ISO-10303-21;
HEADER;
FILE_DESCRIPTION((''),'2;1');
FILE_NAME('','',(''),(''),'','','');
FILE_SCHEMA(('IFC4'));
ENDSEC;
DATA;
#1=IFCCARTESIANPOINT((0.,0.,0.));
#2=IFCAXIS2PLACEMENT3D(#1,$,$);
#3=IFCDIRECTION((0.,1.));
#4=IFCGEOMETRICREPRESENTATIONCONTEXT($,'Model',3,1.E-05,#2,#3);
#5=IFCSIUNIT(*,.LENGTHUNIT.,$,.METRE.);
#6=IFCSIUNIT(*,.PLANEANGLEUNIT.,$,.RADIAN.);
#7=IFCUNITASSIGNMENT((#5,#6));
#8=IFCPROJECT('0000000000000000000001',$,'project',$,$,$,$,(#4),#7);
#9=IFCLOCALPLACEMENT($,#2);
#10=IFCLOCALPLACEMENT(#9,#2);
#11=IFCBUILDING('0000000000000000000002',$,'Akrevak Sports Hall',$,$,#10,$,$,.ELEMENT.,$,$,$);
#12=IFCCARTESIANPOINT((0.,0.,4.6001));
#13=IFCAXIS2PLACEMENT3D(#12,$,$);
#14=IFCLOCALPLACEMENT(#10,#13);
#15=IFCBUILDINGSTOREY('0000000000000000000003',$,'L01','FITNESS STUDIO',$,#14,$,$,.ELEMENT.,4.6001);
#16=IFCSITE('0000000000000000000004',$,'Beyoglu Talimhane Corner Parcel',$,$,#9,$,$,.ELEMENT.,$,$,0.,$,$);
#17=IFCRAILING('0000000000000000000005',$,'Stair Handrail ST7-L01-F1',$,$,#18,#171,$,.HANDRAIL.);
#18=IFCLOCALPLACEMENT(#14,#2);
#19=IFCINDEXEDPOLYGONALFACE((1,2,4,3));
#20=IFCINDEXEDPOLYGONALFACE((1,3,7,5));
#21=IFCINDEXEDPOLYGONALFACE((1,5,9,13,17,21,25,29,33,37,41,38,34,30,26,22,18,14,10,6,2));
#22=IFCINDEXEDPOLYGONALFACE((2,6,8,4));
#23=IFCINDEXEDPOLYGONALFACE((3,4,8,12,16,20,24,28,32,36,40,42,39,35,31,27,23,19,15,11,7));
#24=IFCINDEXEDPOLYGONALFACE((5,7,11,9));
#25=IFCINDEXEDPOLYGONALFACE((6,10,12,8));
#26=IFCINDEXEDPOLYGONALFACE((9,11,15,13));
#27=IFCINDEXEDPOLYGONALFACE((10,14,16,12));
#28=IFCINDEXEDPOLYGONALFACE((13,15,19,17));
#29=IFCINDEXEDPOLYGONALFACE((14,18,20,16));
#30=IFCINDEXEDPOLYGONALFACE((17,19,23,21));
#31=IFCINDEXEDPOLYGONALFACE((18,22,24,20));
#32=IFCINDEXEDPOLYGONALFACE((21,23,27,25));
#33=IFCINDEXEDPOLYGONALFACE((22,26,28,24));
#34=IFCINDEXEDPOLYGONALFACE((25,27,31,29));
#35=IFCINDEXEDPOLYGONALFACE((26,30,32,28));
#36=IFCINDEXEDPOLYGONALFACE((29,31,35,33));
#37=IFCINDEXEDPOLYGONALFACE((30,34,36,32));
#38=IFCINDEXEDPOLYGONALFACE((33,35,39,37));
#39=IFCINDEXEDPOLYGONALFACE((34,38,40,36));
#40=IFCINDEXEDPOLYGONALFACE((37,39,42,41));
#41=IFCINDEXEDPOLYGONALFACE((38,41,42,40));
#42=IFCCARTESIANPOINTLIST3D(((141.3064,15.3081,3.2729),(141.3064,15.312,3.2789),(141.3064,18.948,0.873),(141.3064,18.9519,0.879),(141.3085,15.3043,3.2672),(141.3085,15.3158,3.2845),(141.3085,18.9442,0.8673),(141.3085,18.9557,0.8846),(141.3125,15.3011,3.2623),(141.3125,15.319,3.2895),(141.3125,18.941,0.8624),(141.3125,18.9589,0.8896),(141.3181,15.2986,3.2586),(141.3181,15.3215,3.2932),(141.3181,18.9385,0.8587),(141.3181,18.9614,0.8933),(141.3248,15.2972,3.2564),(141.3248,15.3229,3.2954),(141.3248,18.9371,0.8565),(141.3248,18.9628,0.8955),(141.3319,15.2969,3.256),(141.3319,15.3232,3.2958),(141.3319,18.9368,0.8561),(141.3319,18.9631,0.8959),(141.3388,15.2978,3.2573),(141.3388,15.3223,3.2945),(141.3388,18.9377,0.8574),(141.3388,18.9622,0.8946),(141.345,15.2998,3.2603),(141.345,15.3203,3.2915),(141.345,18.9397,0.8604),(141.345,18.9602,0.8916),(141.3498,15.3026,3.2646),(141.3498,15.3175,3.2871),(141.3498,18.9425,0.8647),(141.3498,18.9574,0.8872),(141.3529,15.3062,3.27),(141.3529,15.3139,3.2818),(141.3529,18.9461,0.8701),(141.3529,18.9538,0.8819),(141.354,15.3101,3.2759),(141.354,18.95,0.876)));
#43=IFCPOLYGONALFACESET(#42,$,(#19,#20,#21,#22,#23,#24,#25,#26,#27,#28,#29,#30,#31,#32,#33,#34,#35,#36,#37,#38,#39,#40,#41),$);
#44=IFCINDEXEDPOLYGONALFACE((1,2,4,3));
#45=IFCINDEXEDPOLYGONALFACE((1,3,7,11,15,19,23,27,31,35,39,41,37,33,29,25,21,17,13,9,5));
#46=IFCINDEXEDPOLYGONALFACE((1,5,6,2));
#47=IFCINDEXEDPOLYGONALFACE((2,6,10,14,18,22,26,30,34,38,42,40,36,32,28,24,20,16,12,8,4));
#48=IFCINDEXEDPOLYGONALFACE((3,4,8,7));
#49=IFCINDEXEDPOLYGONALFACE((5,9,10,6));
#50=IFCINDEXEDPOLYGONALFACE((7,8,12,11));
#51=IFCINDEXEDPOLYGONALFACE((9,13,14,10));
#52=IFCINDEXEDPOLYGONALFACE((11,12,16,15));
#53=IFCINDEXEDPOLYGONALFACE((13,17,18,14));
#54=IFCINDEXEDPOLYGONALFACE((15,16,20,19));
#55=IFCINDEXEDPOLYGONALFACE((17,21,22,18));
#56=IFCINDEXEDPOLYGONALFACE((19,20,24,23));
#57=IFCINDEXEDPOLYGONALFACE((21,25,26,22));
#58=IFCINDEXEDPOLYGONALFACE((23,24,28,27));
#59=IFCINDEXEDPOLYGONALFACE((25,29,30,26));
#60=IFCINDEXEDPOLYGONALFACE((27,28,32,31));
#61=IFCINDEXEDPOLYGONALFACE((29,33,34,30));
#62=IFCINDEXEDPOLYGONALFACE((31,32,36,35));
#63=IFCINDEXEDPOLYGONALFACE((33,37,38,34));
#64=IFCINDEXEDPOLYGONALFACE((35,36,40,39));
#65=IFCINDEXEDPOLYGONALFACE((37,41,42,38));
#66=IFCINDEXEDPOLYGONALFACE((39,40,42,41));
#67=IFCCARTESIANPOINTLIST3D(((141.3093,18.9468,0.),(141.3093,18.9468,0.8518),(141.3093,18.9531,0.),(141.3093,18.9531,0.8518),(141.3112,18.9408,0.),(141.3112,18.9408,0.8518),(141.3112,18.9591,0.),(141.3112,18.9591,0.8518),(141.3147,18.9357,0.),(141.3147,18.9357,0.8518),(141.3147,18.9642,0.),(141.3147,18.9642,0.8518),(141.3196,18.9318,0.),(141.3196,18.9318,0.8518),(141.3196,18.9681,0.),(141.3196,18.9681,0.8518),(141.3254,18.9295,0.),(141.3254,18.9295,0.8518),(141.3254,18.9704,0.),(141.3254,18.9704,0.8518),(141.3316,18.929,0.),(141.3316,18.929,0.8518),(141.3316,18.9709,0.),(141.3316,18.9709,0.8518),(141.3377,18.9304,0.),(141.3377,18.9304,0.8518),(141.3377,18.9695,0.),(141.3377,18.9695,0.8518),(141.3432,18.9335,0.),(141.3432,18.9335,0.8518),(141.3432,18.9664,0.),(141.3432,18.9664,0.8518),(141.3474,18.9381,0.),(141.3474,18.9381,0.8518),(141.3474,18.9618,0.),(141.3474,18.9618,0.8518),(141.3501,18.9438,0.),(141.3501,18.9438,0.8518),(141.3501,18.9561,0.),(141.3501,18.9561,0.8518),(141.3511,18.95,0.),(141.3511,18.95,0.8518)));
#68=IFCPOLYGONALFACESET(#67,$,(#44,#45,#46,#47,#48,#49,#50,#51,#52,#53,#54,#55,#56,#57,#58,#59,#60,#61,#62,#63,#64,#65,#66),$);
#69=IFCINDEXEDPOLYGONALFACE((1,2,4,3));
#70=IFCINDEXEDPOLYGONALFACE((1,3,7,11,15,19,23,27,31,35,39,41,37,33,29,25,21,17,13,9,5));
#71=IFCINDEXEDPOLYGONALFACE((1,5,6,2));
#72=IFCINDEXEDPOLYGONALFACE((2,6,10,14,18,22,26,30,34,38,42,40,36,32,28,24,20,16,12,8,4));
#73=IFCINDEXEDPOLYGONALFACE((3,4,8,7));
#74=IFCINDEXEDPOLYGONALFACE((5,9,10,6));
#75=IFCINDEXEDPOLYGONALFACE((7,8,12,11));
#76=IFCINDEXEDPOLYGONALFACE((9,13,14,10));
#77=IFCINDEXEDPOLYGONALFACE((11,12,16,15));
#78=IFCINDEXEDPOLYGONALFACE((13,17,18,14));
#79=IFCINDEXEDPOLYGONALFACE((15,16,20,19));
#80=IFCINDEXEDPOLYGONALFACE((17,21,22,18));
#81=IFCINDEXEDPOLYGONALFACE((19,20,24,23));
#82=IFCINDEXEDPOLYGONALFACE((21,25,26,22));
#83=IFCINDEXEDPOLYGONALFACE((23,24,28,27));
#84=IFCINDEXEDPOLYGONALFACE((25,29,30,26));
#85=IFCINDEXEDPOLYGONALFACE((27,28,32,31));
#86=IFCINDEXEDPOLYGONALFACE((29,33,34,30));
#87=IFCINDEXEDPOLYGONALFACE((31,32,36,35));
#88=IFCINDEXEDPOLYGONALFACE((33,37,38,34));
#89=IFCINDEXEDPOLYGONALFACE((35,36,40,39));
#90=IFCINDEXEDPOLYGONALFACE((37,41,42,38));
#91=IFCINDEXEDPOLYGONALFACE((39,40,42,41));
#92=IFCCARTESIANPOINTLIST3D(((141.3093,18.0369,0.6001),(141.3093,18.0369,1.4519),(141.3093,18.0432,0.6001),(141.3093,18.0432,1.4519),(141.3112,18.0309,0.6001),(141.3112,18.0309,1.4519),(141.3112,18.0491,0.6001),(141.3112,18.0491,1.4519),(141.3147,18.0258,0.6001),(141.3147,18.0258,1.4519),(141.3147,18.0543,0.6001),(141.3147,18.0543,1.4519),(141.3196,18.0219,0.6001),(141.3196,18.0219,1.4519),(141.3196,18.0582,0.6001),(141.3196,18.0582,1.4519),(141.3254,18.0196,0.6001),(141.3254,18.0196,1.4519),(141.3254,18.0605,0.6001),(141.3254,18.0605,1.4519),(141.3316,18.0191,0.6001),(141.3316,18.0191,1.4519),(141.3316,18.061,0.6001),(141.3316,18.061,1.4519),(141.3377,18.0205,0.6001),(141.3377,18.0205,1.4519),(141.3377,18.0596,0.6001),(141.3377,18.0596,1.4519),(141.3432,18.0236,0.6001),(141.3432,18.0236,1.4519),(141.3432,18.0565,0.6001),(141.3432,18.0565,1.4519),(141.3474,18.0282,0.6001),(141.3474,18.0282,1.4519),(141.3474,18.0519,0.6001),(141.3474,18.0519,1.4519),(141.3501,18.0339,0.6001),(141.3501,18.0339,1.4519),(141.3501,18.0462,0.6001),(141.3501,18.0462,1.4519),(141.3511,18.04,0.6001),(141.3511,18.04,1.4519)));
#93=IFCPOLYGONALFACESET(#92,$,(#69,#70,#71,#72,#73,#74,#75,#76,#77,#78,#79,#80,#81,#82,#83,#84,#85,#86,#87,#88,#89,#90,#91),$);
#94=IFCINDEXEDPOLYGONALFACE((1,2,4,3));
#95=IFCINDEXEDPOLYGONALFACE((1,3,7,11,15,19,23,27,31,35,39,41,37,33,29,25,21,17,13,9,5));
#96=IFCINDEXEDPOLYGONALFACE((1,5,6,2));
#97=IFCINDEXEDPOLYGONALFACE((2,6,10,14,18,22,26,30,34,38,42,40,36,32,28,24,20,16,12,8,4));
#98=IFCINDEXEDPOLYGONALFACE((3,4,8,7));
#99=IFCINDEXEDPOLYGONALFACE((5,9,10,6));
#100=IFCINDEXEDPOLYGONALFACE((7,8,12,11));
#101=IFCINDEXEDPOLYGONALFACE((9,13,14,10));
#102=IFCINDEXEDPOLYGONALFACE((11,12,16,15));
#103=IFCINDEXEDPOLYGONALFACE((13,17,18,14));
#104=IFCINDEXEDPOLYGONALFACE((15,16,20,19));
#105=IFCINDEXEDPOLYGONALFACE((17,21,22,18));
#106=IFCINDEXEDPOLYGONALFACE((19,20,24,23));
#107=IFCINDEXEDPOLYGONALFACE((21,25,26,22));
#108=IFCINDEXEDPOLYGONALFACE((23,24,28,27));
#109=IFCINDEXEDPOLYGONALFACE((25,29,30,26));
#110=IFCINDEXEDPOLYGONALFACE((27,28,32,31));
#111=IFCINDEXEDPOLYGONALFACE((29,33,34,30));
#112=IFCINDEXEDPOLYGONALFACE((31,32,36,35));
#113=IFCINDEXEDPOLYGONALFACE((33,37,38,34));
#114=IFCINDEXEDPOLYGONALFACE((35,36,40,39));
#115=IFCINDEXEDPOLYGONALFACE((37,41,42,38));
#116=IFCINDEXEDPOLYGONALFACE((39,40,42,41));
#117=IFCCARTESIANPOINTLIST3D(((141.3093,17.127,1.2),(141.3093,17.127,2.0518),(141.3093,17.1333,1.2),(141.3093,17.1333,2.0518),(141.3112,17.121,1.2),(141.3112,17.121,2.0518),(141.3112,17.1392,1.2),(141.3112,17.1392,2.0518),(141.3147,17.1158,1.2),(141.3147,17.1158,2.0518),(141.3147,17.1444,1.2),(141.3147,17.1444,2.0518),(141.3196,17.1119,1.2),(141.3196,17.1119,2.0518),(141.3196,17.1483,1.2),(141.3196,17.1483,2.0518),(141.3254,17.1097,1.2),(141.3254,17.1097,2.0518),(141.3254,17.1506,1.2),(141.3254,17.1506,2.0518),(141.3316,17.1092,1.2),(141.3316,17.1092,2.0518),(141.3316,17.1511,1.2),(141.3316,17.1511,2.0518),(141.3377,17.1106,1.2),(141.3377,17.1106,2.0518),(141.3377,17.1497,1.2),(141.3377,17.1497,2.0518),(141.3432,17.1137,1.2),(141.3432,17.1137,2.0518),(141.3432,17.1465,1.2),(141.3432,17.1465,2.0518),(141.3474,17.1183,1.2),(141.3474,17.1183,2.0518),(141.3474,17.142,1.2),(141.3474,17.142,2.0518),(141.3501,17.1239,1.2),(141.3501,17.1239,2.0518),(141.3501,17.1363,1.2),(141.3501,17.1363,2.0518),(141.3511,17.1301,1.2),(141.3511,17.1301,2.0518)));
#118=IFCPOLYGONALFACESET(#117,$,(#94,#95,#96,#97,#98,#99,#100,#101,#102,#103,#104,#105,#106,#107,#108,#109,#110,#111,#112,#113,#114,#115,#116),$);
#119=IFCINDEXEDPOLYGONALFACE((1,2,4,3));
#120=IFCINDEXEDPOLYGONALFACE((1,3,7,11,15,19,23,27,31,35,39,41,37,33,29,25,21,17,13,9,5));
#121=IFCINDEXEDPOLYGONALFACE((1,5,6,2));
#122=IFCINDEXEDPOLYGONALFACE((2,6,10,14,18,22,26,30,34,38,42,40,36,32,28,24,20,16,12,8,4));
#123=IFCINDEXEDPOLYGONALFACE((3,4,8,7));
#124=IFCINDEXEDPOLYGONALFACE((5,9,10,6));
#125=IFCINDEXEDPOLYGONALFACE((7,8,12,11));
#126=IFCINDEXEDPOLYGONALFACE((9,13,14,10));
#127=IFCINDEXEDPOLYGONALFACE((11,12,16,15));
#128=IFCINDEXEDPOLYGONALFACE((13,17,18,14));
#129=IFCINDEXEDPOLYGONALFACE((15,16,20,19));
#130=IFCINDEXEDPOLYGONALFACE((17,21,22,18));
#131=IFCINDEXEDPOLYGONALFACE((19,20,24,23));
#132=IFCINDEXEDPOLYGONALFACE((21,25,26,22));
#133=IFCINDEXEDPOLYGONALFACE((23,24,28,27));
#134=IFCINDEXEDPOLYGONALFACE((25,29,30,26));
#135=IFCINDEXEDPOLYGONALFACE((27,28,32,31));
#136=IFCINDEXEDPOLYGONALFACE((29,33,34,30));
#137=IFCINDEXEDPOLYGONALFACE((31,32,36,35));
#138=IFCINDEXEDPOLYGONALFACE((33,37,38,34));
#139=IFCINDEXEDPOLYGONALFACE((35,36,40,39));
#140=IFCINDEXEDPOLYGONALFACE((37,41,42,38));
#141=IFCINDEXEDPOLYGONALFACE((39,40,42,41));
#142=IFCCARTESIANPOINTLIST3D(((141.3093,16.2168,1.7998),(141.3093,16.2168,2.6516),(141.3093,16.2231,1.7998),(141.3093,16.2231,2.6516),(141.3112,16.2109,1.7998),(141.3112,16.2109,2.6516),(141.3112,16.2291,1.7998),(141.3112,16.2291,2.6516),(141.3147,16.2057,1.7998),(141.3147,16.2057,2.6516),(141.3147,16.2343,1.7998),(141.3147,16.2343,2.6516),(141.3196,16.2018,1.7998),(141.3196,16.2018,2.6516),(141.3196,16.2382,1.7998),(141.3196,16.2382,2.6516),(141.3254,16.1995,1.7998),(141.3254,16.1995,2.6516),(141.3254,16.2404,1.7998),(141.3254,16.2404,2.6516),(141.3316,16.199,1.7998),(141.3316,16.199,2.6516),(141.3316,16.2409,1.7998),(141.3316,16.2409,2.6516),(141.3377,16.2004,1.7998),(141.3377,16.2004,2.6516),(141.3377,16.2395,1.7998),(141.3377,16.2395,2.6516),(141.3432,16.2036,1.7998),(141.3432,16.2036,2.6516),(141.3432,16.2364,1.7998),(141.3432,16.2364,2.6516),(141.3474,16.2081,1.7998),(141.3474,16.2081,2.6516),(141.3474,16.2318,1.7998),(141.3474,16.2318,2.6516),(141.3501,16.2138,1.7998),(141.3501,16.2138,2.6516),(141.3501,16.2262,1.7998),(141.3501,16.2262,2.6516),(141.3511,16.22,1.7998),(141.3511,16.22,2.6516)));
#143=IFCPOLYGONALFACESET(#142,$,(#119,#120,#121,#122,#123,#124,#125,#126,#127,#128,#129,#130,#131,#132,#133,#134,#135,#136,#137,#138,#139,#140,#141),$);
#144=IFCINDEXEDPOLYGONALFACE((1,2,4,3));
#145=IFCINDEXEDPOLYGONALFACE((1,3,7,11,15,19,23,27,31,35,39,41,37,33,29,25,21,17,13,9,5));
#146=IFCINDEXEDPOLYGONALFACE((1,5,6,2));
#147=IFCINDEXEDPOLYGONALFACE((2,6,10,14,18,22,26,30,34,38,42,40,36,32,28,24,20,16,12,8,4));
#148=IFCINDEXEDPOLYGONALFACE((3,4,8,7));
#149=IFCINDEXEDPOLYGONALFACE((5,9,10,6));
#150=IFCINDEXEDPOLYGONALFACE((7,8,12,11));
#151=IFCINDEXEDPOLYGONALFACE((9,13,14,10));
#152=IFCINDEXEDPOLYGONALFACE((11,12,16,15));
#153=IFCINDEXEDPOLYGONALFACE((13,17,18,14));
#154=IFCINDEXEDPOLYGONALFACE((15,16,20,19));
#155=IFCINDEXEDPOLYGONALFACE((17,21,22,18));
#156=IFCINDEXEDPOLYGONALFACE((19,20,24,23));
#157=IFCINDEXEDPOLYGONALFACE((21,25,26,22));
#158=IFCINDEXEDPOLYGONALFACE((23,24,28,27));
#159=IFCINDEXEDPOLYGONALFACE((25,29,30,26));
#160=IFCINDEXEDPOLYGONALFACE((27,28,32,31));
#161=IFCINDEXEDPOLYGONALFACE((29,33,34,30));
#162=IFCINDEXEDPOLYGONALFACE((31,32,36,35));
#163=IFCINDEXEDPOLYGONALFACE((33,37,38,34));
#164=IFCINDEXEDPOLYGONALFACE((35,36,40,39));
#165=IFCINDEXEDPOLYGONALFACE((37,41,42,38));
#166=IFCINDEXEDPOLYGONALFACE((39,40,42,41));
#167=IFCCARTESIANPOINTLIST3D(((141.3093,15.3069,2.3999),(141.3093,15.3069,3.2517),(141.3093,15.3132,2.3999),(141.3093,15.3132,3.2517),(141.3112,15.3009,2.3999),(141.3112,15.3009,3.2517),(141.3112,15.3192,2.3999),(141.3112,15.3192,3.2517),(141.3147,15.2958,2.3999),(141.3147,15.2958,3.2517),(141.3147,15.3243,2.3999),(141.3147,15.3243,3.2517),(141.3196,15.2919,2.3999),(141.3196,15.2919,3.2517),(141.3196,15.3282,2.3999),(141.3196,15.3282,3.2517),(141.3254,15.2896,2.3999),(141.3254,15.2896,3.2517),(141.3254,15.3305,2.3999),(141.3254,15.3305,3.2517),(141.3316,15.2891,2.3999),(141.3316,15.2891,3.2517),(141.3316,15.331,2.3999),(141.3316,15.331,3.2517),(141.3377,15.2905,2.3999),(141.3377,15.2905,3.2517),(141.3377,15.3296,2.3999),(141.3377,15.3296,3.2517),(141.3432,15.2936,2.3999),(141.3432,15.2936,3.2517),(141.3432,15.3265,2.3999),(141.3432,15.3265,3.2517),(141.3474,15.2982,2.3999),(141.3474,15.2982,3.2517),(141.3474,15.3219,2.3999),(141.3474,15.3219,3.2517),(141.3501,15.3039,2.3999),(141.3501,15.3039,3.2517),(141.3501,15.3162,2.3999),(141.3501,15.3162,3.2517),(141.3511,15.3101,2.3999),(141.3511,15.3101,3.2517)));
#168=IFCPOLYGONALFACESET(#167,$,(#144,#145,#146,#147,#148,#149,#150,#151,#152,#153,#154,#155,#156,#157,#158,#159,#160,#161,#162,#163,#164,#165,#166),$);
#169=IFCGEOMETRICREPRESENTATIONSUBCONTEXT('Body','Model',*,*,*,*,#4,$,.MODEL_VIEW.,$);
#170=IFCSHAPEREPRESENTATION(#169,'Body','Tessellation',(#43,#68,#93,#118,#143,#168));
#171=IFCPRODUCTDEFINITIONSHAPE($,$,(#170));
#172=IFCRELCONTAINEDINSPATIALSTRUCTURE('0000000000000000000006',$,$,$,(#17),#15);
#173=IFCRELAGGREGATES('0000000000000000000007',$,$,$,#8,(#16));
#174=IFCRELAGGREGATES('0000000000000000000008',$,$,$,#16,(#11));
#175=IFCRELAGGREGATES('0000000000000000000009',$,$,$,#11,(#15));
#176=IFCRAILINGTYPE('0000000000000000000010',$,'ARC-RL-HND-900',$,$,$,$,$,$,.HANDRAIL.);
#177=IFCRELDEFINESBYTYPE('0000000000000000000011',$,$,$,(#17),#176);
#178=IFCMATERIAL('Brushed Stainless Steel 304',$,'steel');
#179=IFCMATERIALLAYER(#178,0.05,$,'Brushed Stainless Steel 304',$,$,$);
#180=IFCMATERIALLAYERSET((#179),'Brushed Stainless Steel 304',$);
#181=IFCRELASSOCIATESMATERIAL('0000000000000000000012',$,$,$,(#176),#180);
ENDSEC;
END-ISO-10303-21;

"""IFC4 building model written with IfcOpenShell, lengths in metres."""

from ifc_helpers import new_model, si_unit, direction, frame, origin, origin_2d, place, context, subcontext, project, spatial, circle, extrude, material, layer, layer_set, type_object, element, save


model = new_model("IFC4")

# Units and contexts
model_context = context("Model", 3, precision=1e-05, world=origin(), true_north=direction((0.0, 1.0)))
body_context = subcontext(model_context, "Body", "Model", "MODEL_VIEW")
ifc_project = project(units=[si_unit("LENGTHUNIT", "METRE"), si_unit("PLANEANGLEUNIT", "RADIAN")], contexts=[model_context])

# Site, building, storey
site_placement = place(None, origin())
site = spatial("IfcSite", under=ifc_project, at=site_placement, Name="Beyoglu Talimhane Corner Parcel", CompositionType="ELEMENT", RefElevation=0.0)
building_placement = place(site_placement, origin())
building = spatial("IfcBuilding", under=site, at=building_placement, Name="Akrevak Sports Hall", CompositionType="ELEMENT")
storey_placement = place(building_placement, frame((0.0, 0.0, 4.6001)))
storey = spatial("IfcBuildingStorey", under=building, at=storey_placement, Name="L01", Description="FITNESS STUDIO", CompositionType="ELEMENT", Elevation=4.6001)

# Railing
ifc_material_1 = material(Name="Brushed Stainless Steel 304", Category="steel")
ifc_layer_1 = layer(ifc_material_1, 0.05, Name="Brushed Stainless Steel 304")
ifc_layer_set_1 = layer_set([ifc_layer_1], Name="Brushed Stainless Steel 304")
railing_type_1 = type_object("IfcRailingType", Name="ARC-RL-HND-900", PredefinedType="HANDRAIL", material=ifc_layer_set_1)
railing_1_placement = place(storey_placement, frame((141.3301, 18.95, 0.0)))
element("IfcRailing", 1, at=railing_1_placement, inside=storey, type_object=railing_type_1, Name="Stair Handrail ST7-L01-F1", PredefinedType="HANDRAIL", context=body_context, shape_type="SweptSolid", body=[
    extrude(circle(Radius=0.0239, at=origin_2d()), frame((0.0, 0.0, 0.876), z_axis=(0.0, -0.834865, 0.550454), x_axis=(1.0, 0.0, 0.0)), (0.0, 0.0, 1.0), 4.3599),
    extrude(circle(Radius=0.021, at=origin_2d()), origin(), (0.0, 0.0, 1.0), 0.8518),
    extrude(circle(Radius=0.021, at=origin_2d()), frame((0.0, -0.9099, 0.6001)), (0.0, 0.0, 1.0), 0.8518),
    extrude(circle(Radius=0.021, at=origin_2d()), frame((0.0, -1.8198, 1.2)), (0.0, 0.0, 1.0), 0.8518),
    extrude(circle(Radius=0.021, at=origin_2d()), frame((0.0, -2.73, 1.7998)), (0.0, 0.0, 1.0), 0.8518),
    extrude(circle(Radius=0.021, at=origin_2d()), frame((0.0, -3.6399, 2.3999)), (0.0, 0.0, 1.0), 0.8518),
])

save(model, "model.ifc")
